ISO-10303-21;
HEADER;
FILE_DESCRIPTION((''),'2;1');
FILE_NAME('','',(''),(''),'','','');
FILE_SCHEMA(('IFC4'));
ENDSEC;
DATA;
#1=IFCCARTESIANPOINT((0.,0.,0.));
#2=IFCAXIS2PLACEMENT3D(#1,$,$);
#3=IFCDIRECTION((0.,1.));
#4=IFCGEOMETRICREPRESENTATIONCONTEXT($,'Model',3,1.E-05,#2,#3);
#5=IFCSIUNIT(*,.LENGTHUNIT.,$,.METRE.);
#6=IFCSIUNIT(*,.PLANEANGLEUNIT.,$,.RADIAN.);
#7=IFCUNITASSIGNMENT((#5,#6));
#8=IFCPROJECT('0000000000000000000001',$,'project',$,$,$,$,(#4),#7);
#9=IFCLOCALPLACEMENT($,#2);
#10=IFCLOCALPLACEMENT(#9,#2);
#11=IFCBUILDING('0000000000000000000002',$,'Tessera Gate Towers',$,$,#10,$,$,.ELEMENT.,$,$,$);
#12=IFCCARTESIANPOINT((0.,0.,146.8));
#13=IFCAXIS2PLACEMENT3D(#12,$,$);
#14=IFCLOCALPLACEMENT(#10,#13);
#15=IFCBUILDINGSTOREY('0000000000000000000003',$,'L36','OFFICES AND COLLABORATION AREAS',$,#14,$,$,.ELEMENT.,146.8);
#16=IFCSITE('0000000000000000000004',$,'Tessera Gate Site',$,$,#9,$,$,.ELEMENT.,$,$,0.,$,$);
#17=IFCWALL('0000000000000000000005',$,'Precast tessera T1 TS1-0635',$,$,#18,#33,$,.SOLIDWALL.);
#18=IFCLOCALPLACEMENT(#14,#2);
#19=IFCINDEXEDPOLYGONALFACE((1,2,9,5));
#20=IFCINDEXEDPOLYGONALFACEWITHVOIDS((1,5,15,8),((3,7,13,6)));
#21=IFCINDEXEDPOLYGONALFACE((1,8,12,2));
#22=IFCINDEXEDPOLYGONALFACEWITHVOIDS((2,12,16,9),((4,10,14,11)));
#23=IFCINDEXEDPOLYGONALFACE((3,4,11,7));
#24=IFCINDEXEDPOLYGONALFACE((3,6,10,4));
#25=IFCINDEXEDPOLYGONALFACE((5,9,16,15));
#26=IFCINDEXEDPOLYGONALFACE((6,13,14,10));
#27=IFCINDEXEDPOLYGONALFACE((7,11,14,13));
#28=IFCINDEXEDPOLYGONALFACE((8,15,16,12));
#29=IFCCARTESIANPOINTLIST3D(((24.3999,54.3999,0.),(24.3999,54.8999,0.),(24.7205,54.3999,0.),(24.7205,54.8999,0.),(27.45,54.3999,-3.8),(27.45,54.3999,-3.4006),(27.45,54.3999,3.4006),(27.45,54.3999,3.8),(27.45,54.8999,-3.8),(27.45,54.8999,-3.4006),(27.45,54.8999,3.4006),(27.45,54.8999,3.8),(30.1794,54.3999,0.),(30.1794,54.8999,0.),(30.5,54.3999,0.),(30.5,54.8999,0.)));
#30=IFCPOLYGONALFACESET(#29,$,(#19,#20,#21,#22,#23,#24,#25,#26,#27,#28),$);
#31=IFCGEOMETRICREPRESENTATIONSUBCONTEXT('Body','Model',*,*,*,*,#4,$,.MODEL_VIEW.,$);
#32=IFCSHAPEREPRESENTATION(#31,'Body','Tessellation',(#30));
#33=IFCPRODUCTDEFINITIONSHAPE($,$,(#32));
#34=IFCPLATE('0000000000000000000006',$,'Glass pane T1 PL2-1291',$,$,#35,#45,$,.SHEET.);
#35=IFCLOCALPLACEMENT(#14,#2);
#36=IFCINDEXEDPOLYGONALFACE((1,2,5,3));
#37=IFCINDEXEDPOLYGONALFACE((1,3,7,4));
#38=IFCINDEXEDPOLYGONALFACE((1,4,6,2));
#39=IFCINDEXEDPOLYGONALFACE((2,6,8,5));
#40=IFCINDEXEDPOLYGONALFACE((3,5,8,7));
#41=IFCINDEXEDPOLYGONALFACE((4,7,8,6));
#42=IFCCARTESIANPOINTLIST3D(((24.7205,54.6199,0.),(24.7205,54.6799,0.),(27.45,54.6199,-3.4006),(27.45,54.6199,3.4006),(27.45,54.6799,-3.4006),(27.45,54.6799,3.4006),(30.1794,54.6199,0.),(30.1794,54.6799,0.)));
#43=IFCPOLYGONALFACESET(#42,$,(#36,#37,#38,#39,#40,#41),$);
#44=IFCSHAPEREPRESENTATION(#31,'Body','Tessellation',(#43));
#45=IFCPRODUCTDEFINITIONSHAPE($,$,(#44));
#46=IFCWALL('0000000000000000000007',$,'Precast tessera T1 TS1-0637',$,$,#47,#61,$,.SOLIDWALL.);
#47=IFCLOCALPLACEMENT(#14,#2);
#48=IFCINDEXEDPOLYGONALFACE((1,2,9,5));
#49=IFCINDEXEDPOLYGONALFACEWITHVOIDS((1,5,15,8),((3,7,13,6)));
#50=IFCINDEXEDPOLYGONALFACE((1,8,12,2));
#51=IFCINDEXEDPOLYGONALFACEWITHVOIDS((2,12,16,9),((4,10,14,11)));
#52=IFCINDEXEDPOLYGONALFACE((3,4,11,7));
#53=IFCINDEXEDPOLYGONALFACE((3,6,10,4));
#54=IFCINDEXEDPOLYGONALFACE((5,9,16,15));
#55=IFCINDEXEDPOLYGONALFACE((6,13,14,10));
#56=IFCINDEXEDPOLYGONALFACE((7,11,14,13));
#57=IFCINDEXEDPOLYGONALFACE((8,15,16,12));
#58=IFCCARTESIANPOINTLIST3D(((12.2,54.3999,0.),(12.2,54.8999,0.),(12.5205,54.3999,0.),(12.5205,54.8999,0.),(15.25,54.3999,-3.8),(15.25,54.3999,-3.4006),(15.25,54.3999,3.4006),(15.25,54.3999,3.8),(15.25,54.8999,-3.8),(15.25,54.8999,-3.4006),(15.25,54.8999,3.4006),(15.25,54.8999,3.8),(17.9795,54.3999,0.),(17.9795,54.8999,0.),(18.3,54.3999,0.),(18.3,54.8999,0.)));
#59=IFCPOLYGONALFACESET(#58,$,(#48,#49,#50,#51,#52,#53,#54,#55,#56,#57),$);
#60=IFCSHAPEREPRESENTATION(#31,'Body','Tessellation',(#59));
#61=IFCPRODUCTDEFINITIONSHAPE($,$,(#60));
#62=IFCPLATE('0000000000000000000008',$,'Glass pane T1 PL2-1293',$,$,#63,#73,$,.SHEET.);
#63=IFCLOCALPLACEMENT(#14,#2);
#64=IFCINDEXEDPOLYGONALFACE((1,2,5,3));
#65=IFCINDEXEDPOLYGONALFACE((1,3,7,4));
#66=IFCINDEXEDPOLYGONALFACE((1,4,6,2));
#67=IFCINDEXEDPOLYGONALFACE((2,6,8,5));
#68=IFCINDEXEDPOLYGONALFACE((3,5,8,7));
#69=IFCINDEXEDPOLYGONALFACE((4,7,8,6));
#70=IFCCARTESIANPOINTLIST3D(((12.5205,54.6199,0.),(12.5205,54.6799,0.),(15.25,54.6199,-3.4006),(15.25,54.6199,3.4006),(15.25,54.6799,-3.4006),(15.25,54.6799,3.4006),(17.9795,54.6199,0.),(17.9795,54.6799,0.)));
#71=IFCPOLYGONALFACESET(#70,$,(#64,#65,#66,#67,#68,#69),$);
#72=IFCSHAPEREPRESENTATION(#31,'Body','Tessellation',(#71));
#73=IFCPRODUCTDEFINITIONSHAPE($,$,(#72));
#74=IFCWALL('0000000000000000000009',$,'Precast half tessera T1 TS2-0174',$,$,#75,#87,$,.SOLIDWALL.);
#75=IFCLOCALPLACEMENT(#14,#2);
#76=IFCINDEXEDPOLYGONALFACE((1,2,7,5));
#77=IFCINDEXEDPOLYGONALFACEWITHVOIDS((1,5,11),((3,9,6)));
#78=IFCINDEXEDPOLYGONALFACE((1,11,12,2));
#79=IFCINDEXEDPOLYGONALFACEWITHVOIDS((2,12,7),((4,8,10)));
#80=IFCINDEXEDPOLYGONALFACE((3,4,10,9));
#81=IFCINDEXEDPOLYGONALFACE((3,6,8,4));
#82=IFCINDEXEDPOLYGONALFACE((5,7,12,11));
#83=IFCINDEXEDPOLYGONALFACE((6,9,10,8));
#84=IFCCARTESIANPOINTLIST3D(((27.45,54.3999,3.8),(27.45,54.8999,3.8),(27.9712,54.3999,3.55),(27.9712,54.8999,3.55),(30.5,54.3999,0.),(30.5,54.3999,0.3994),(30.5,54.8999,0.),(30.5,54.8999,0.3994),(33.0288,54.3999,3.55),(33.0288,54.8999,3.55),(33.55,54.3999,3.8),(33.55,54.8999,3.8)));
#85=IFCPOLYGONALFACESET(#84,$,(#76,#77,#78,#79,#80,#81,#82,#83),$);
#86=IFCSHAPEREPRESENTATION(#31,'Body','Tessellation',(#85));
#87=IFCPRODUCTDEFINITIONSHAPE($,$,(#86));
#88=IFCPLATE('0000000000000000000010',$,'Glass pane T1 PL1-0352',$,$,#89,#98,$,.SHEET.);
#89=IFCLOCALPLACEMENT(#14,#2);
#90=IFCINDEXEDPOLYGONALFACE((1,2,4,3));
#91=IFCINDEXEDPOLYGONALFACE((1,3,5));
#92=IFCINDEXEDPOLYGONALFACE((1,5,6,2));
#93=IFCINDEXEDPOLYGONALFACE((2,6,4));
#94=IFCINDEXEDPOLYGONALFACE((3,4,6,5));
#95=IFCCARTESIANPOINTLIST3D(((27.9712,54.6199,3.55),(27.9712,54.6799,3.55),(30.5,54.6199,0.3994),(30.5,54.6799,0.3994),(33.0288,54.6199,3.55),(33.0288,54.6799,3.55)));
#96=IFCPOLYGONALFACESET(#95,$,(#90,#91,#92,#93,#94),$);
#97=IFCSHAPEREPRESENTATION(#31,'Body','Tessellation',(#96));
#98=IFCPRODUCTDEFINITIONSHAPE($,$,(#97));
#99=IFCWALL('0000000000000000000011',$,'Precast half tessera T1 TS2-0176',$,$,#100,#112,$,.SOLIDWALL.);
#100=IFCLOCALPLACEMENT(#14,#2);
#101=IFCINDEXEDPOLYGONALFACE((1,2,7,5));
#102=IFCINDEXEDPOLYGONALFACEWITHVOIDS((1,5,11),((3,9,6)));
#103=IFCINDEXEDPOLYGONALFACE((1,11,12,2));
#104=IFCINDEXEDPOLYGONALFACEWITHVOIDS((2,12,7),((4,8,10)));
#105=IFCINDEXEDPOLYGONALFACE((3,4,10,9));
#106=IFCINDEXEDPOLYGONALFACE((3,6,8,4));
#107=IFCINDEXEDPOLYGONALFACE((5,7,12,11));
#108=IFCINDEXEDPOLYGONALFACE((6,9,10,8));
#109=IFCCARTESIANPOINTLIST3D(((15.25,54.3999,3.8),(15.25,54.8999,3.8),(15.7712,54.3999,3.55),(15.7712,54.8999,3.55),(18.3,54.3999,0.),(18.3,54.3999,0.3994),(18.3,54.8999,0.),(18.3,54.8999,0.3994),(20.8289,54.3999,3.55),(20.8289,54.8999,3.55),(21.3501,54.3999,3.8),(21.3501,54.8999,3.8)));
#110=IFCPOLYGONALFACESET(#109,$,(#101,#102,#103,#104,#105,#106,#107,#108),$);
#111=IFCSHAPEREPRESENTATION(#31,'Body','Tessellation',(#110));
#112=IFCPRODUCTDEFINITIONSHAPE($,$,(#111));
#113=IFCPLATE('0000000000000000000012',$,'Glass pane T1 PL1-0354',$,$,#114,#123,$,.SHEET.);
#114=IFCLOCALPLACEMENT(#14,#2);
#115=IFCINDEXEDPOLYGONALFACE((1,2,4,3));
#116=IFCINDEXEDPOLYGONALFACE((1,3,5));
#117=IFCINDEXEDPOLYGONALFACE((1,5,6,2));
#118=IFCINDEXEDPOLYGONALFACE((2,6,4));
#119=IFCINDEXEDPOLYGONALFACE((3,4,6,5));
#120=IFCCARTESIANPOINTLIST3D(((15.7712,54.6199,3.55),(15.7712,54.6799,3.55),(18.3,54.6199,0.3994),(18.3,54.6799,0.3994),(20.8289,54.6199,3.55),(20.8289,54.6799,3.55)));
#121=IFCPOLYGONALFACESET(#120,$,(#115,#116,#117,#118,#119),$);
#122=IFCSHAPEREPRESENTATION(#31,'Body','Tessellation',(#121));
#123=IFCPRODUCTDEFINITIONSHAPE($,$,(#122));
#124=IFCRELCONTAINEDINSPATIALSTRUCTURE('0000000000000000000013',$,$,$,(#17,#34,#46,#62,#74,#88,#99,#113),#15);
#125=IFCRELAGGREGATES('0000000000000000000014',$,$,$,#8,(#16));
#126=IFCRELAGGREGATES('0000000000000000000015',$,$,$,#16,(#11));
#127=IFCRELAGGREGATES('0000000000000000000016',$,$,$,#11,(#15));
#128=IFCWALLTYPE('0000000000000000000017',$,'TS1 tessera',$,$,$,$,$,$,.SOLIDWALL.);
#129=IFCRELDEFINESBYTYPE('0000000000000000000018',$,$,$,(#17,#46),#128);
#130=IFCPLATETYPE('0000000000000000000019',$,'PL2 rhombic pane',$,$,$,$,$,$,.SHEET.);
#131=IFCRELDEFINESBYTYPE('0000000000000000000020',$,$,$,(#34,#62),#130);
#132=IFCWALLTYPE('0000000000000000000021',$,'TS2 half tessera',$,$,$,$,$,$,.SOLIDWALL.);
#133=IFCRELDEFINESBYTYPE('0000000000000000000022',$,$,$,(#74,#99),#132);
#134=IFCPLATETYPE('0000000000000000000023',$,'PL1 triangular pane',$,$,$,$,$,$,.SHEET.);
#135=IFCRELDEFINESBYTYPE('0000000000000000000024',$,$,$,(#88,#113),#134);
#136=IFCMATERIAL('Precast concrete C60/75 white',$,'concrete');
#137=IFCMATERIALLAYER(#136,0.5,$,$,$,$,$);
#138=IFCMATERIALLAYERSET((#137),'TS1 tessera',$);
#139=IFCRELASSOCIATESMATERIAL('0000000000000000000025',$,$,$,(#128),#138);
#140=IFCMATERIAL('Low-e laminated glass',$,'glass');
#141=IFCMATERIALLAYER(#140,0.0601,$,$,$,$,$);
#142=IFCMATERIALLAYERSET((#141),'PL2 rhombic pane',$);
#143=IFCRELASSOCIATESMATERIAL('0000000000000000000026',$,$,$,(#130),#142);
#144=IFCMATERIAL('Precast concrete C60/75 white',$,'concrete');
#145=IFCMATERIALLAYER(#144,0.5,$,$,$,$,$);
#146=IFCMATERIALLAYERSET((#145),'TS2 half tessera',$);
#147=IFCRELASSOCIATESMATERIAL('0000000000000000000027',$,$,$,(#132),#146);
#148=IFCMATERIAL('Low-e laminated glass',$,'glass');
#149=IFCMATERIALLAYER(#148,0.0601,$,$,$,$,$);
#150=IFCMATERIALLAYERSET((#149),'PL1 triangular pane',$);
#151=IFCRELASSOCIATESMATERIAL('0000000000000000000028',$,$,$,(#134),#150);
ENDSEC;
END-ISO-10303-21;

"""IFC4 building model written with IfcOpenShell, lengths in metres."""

from ifc_helpers import new_model, si_unit, direction, frame, origin, place, context, subcontext, project, spatial, polyline, outline, extrude, source, transform, mapped, material, layer, layer_set, type_object, element, fill, save


model = new_model("IFC4")

# Units and contexts
model_context = context("Model", 3, precision=1e-05, world=origin(), true_north=direction((0.0, 1.0)))
body_context = subcontext(model_context, "Body", "Model", "MODEL_VIEW")
ifc_project = project(units=[si_unit("LENGTHUNIT", "METRE"), si_unit("PLANEANGLEUNIT", "RADIAN")], contexts=[model_context])

# Site, building, storey
site_placement = place(None, origin())
site = spatial("IfcSite", under=ifc_project, at=site_placement, Name="Tessera Gate Site", CompositionType="ELEMENT", RefElevation=0.0)
building_placement = place(site_placement, origin())
building = spatial("IfcBuilding", under=site, at=building_placement, Name="Tessera Gate Towers", CompositionType="ELEMENT")
storey_placement = place(building_placement, frame((0.0, 0.0, 146.8)))
storey = spatial("IfcBuildingStorey", under=building, at=storey_placement, Name="L36", Description="OFFICES AND COLLABORATION AREAS", CompositionType="ELEMENT", Elevation=146.8)

# Walls, openings, plates
ifc_material_1 = material(Name="Precast concrete C60/75 white", Category="concrete")
ifc_layer_1 = layer(ifc_material_1, 0.5)
ifc_layer_set_1 = layer_set([ifc_layer_1], Name="TS1 tessera")
wall_type_1 = type_object("IfcWallType", Name="TS1 tessera", PredefinedType="SOLIDWALL", material=ifc_layer_set_1)
shared_shape_1 = source(origin(), body_context, "Body", "SweptSolid", [
    extrude(outline(polyline([(3.05, 0.0), (6.1001, 3.8), (3.05, 7.6001), (0.0, 3.8), (3.05, 0.0)])), frame((0.0, 0.25, 0.0), z_axis=(0.0, -1.0, 0.0), x_axis=(1.0, 0.0, 0.0)), (0.0, 0.0, 1.0), 0.5),
])
wall_1_placement = place(storey_placement, frame((30.5, 54.6499, -3.8), z_axis=(0.0, 0.0, 1.0), x_axis=(-1.0, 0.0, 0.0)))
wall_1 = element("IfcWall", 1, at=wall_1_placement, inside=storey, type_object=wall_type_1, Name="Precast tessera T1 TS1-0635", PredefinedType="SOLIDWALL", context=body_context, shape_type="MappedRepresentation", body=[
    mapped(shared_shape_1, transform((0.0, 0.0, 0.0), scale=1.0)),
])
shared_shape_2 = source(origin(), body_context, "Body", "SweptSolid", [
    extrude(outline(polyline([(3.05, 0.3994), (5.7795, 3.8), (3.05, 7.2007), (0.3206, 3.8), (3.05, 0.3994)])), frame((0.0, 0.26, 0.0), z_axis=(0.0, -1.0, 0.0), x_axis=(1.0, 0.0, 0.0)), (0.0, 0.0, 1.0), 0.52),
])
opening_1_placement = place(wall_1_placement, origin())
opening_1 = element("IfcOpeningElement", 2, at=opening_1_placement, cuts=wall_1, PredefinedType="OPENING", context=body_context, shape_type="MappedRepresentation", body=[
    mapped(shared_shape_2, transform((0.0, 0.0, 0.0), scale=1.0)),
])
ifc_material_2 = material(Name="Low-e laminated glass", Category="glass")
ifc_layer_2 = layer(ifc_material_2, 0.0601)
ifc_layer_set_2 = layer_set([ifc_layer_2], Name="PL2 rhombic pane")
plate_type_1 = type_object("IfcPlateType", Name="PL2 rhombic pane", PredefinedType="SHEET", material=ifc_layer_set_2)
shared_shape_3 = source(origin(), body_context, "Body", "SweptSolid", [
    extrude(outline(polyline([(3.05, 0.3994), (5.7795, 3.8), (3.05, 7.2007), (0.3206, 3.8), (3.05, 0.3994)])), frame((0.0, 0.03, 0.0), z_axis=(0.0, -1.0, 0.0), x_axis=(1.0, 0.0, 0.0)), (0.0, 0.0, 1.0), 0.0601),
])
plate_1_placement = place(opening_1_placement, origin())
plate_1 = element("IfcPlate", 3, at=plate_1_placement, inside=storey, type_object=plate_type_1, Name="Glass pane T1 PL2-1291", PredefinedType="SHEET", context=body_context, shape_type="MappedRepresentation", body=[
    mapped(shared_shape_3, transform((0.0, 0.0, 0.0), scale=1.0)),
])
fill(opening_1, plate_1)
wall_2_placement = place(storey_placement, frame((18.3, 54.6499, -3.8), z_axis=(0.0, 0.0, 1.0), x_axis=(-1.0, 0.0, 0.0)))
wall_2 = element("IfcWall", 4, at=wall_2_placement, inside=storey, type_object=wall_type_1, Name="Precast tessera T1 TS1-0637", PredefinedType="SOLIDWALL", context=body_context, shape_type="MappedRepresentation", body=[
    mapped(shared_shape_1, transform((0.0, 0.0, 0.0), scale=1.0)),
])
opening_2_placement = place(wall_2_placement, origin())
opening_2 = element("IfcOpeningElement", 5, at=opening_2_placement, cuts=wall_2, PredefinedType="OPENING", context=body_context, shape_type="MappedRepresentation", body=[
    mapped(shared_shape_2, transform((0.0, 0.0, 0.0), scale=1.0)),
])
plate_2_placement = place(opening_2_placement, origin())
plate_2 = element("IfcPlate", 6, at=plate_2_placement, inside=storey, type_object=plate_type_1, Name="Glass pane T1 PL2-1293", PredefinedType="SHEET", context=body_context, shape_type="MappedRepresentation", body=[
    mapped(shared_shape_3, transform((0.0, 0.0, 0.0), scale=1.0)),
])
fill(opening_2, plate_2)
ifc_material_3 = material(Name="Precast concrete C60/75 white", Category="concrete")
ifc_layer_3 = layer(ifc_material_3, 0.5)
ifc_layer_set_3 = layer_set([ifc_layer_3], Name="TS2 half tessera")
wall_type_2 = type_object("IfcWallType", Name="TS2 half tessera", PredefinedType="SOLIDWALL", material=ifc_layer_set_3)
shared_shape_4 = source(origin(), body_context, "Body", "SweptSolid", [
    extrude(outline(polyline([(3.05, 0.0), (6.1001, 3.8), (0.0, 3.8), (3.05, 0.0)])), frame((0.0, 0.25, 0.0), z_axis=(0.0, -1.0, 0.0), x_axis=(1.0, 0.0, 0.0)), (0.0, 0.0, 1.0), 0.5),
])
wall_3_placement = place(storey_placement, frame((33.55, 54.6499, 0.0), z_axis=(0.0, 0.0, 1.0), x_axis=(-1.0, 0.0, 0.0)))
wall_3 = element("IfcWall", 7, at=wall_3_placement, inside=storey, type_object=wall_type_2, Name="Precast half tessera T1 TS2-0174", PredefinedType="SOLIDWALL", context=body_context, shape_type="MappedRepresentation", body=[
    mapped(shared_shape_4, transform((0.0, 0.0, 0.0), scale=1.0)),
])
shared_shape_5 = source(origin(), body_context, "Body", "SweptSolid", [
    extrude(outline(polyline([(3.05, 0.3994), (5.5789, 3.55), (0.5212, 3.55), (3.05, 0.3994)])), frame((0.0, 0.26, 0.0), z_axis=(0.0, -1.0, 0.0), x_axis=(1.0, 0.0, 0.0)), (0.0, 0.0, 1.0), 0.52),
])
opening_3_placement = place(wall_3_placement, origin())
opening_3 = element("IfcOpeningElement", 8, at=opening_3_placement, cuts=wall_3, PredefinedType="OPENING", context=body_context, shape_type="MappedRepresentation", body=[
    mapped(shared_shape_5, transform((0.0, 0.0, 0.0), scale=1.0)),
])
ifc_material_4 = material(Name="Low-e laminated glass", Category="glass")
ifc_layer_4 = layer(ifc_material_4, 0.0601)
ifc_layer_set_4 = layer_set([ifc_layer_4], Name="PL1 triangular pane")
plate_type_2 = type_object("IfcPlateType", Name="PL1 triangular pane", PredefinedType="SHEET", material=ifc_layer_set_4)
shared_shape_6 = source(origin(), body_context, "Body", "SweptSolid", [
    extrude(outline(polyline([(3.05, 0.3994), (5.5789, 3.55), (0.5212, 3.55), (3.05, 0.3994)])), frame((0.0, 0.03, 0.0), z_axis=(0.0, -1.0, 0.0), x_axis=(1.0, 0.0, 0.0)), (0.0, 0.0, 1.0), 0.0601),
])
plate_3_placement = place(opening_3_placement, origin())
plate_3 = element("IfcPlate", 9, at=plate_3_placement, inside=storey, type_object=plate_type_2, Name="Glass pane T1 PL1-0352", PredefinedType="SHEET", context=body_context, shape_type="MappedRepresentation", body=[
    mapped(shared_shape_6, transform((0.0, 0.0, 0.0), scale=1.0)),
])
fill(opening_3, plate_3)
wall_4_placement = place(storey_placement, frame((21.3501, 54.6499, 0.0), z_axis=(0.0, 0.0, 1.0), x_axis=(-1.0, 0.0, 0.0)))
wall_4 = element("IfcWall", 10, at=wall_4_placement, inside=storey, type_object=wall_type_2, Name="Precast half tessera T1 TS2-0176", PredefinedType="SOLIDWALL", context=body_context, shape_type="MappedRepresentation", body=[
    mapped(shared_shape_4, transform((0.0, 0.0, 0.0), scale=1.0)),
])
opening_4_placement = place(wall_4_placement, origin())
opening_4 = element("IfcOpeningElement", 11, at=opening_4_placement, cuts=wall_4, PredefinedType="OPENING", context=body_context, shape_type="MappedRepresentation", body=[
    mapped(shared_shape_5, transform((0.0, 0.0, 0.0), scale=1.0)),
])
plate_4_placement = place(opening_4_placement, origin())
plate_4 = element("IfcPlate", 12, at=plate_4_placement, inside=storey, type_object=plate_type_2, Name="Glass pane T1 PL1-0354", PredefinedType="SHEET", context=body_context, shape_type="MappedRepresentation", body=[
    mapped(shared_shape_6, transform((0.0, 0.0, 0.0), scale=1.0)),
])
fill(opening_4, plate_4)

save(model, "model.ifc")
